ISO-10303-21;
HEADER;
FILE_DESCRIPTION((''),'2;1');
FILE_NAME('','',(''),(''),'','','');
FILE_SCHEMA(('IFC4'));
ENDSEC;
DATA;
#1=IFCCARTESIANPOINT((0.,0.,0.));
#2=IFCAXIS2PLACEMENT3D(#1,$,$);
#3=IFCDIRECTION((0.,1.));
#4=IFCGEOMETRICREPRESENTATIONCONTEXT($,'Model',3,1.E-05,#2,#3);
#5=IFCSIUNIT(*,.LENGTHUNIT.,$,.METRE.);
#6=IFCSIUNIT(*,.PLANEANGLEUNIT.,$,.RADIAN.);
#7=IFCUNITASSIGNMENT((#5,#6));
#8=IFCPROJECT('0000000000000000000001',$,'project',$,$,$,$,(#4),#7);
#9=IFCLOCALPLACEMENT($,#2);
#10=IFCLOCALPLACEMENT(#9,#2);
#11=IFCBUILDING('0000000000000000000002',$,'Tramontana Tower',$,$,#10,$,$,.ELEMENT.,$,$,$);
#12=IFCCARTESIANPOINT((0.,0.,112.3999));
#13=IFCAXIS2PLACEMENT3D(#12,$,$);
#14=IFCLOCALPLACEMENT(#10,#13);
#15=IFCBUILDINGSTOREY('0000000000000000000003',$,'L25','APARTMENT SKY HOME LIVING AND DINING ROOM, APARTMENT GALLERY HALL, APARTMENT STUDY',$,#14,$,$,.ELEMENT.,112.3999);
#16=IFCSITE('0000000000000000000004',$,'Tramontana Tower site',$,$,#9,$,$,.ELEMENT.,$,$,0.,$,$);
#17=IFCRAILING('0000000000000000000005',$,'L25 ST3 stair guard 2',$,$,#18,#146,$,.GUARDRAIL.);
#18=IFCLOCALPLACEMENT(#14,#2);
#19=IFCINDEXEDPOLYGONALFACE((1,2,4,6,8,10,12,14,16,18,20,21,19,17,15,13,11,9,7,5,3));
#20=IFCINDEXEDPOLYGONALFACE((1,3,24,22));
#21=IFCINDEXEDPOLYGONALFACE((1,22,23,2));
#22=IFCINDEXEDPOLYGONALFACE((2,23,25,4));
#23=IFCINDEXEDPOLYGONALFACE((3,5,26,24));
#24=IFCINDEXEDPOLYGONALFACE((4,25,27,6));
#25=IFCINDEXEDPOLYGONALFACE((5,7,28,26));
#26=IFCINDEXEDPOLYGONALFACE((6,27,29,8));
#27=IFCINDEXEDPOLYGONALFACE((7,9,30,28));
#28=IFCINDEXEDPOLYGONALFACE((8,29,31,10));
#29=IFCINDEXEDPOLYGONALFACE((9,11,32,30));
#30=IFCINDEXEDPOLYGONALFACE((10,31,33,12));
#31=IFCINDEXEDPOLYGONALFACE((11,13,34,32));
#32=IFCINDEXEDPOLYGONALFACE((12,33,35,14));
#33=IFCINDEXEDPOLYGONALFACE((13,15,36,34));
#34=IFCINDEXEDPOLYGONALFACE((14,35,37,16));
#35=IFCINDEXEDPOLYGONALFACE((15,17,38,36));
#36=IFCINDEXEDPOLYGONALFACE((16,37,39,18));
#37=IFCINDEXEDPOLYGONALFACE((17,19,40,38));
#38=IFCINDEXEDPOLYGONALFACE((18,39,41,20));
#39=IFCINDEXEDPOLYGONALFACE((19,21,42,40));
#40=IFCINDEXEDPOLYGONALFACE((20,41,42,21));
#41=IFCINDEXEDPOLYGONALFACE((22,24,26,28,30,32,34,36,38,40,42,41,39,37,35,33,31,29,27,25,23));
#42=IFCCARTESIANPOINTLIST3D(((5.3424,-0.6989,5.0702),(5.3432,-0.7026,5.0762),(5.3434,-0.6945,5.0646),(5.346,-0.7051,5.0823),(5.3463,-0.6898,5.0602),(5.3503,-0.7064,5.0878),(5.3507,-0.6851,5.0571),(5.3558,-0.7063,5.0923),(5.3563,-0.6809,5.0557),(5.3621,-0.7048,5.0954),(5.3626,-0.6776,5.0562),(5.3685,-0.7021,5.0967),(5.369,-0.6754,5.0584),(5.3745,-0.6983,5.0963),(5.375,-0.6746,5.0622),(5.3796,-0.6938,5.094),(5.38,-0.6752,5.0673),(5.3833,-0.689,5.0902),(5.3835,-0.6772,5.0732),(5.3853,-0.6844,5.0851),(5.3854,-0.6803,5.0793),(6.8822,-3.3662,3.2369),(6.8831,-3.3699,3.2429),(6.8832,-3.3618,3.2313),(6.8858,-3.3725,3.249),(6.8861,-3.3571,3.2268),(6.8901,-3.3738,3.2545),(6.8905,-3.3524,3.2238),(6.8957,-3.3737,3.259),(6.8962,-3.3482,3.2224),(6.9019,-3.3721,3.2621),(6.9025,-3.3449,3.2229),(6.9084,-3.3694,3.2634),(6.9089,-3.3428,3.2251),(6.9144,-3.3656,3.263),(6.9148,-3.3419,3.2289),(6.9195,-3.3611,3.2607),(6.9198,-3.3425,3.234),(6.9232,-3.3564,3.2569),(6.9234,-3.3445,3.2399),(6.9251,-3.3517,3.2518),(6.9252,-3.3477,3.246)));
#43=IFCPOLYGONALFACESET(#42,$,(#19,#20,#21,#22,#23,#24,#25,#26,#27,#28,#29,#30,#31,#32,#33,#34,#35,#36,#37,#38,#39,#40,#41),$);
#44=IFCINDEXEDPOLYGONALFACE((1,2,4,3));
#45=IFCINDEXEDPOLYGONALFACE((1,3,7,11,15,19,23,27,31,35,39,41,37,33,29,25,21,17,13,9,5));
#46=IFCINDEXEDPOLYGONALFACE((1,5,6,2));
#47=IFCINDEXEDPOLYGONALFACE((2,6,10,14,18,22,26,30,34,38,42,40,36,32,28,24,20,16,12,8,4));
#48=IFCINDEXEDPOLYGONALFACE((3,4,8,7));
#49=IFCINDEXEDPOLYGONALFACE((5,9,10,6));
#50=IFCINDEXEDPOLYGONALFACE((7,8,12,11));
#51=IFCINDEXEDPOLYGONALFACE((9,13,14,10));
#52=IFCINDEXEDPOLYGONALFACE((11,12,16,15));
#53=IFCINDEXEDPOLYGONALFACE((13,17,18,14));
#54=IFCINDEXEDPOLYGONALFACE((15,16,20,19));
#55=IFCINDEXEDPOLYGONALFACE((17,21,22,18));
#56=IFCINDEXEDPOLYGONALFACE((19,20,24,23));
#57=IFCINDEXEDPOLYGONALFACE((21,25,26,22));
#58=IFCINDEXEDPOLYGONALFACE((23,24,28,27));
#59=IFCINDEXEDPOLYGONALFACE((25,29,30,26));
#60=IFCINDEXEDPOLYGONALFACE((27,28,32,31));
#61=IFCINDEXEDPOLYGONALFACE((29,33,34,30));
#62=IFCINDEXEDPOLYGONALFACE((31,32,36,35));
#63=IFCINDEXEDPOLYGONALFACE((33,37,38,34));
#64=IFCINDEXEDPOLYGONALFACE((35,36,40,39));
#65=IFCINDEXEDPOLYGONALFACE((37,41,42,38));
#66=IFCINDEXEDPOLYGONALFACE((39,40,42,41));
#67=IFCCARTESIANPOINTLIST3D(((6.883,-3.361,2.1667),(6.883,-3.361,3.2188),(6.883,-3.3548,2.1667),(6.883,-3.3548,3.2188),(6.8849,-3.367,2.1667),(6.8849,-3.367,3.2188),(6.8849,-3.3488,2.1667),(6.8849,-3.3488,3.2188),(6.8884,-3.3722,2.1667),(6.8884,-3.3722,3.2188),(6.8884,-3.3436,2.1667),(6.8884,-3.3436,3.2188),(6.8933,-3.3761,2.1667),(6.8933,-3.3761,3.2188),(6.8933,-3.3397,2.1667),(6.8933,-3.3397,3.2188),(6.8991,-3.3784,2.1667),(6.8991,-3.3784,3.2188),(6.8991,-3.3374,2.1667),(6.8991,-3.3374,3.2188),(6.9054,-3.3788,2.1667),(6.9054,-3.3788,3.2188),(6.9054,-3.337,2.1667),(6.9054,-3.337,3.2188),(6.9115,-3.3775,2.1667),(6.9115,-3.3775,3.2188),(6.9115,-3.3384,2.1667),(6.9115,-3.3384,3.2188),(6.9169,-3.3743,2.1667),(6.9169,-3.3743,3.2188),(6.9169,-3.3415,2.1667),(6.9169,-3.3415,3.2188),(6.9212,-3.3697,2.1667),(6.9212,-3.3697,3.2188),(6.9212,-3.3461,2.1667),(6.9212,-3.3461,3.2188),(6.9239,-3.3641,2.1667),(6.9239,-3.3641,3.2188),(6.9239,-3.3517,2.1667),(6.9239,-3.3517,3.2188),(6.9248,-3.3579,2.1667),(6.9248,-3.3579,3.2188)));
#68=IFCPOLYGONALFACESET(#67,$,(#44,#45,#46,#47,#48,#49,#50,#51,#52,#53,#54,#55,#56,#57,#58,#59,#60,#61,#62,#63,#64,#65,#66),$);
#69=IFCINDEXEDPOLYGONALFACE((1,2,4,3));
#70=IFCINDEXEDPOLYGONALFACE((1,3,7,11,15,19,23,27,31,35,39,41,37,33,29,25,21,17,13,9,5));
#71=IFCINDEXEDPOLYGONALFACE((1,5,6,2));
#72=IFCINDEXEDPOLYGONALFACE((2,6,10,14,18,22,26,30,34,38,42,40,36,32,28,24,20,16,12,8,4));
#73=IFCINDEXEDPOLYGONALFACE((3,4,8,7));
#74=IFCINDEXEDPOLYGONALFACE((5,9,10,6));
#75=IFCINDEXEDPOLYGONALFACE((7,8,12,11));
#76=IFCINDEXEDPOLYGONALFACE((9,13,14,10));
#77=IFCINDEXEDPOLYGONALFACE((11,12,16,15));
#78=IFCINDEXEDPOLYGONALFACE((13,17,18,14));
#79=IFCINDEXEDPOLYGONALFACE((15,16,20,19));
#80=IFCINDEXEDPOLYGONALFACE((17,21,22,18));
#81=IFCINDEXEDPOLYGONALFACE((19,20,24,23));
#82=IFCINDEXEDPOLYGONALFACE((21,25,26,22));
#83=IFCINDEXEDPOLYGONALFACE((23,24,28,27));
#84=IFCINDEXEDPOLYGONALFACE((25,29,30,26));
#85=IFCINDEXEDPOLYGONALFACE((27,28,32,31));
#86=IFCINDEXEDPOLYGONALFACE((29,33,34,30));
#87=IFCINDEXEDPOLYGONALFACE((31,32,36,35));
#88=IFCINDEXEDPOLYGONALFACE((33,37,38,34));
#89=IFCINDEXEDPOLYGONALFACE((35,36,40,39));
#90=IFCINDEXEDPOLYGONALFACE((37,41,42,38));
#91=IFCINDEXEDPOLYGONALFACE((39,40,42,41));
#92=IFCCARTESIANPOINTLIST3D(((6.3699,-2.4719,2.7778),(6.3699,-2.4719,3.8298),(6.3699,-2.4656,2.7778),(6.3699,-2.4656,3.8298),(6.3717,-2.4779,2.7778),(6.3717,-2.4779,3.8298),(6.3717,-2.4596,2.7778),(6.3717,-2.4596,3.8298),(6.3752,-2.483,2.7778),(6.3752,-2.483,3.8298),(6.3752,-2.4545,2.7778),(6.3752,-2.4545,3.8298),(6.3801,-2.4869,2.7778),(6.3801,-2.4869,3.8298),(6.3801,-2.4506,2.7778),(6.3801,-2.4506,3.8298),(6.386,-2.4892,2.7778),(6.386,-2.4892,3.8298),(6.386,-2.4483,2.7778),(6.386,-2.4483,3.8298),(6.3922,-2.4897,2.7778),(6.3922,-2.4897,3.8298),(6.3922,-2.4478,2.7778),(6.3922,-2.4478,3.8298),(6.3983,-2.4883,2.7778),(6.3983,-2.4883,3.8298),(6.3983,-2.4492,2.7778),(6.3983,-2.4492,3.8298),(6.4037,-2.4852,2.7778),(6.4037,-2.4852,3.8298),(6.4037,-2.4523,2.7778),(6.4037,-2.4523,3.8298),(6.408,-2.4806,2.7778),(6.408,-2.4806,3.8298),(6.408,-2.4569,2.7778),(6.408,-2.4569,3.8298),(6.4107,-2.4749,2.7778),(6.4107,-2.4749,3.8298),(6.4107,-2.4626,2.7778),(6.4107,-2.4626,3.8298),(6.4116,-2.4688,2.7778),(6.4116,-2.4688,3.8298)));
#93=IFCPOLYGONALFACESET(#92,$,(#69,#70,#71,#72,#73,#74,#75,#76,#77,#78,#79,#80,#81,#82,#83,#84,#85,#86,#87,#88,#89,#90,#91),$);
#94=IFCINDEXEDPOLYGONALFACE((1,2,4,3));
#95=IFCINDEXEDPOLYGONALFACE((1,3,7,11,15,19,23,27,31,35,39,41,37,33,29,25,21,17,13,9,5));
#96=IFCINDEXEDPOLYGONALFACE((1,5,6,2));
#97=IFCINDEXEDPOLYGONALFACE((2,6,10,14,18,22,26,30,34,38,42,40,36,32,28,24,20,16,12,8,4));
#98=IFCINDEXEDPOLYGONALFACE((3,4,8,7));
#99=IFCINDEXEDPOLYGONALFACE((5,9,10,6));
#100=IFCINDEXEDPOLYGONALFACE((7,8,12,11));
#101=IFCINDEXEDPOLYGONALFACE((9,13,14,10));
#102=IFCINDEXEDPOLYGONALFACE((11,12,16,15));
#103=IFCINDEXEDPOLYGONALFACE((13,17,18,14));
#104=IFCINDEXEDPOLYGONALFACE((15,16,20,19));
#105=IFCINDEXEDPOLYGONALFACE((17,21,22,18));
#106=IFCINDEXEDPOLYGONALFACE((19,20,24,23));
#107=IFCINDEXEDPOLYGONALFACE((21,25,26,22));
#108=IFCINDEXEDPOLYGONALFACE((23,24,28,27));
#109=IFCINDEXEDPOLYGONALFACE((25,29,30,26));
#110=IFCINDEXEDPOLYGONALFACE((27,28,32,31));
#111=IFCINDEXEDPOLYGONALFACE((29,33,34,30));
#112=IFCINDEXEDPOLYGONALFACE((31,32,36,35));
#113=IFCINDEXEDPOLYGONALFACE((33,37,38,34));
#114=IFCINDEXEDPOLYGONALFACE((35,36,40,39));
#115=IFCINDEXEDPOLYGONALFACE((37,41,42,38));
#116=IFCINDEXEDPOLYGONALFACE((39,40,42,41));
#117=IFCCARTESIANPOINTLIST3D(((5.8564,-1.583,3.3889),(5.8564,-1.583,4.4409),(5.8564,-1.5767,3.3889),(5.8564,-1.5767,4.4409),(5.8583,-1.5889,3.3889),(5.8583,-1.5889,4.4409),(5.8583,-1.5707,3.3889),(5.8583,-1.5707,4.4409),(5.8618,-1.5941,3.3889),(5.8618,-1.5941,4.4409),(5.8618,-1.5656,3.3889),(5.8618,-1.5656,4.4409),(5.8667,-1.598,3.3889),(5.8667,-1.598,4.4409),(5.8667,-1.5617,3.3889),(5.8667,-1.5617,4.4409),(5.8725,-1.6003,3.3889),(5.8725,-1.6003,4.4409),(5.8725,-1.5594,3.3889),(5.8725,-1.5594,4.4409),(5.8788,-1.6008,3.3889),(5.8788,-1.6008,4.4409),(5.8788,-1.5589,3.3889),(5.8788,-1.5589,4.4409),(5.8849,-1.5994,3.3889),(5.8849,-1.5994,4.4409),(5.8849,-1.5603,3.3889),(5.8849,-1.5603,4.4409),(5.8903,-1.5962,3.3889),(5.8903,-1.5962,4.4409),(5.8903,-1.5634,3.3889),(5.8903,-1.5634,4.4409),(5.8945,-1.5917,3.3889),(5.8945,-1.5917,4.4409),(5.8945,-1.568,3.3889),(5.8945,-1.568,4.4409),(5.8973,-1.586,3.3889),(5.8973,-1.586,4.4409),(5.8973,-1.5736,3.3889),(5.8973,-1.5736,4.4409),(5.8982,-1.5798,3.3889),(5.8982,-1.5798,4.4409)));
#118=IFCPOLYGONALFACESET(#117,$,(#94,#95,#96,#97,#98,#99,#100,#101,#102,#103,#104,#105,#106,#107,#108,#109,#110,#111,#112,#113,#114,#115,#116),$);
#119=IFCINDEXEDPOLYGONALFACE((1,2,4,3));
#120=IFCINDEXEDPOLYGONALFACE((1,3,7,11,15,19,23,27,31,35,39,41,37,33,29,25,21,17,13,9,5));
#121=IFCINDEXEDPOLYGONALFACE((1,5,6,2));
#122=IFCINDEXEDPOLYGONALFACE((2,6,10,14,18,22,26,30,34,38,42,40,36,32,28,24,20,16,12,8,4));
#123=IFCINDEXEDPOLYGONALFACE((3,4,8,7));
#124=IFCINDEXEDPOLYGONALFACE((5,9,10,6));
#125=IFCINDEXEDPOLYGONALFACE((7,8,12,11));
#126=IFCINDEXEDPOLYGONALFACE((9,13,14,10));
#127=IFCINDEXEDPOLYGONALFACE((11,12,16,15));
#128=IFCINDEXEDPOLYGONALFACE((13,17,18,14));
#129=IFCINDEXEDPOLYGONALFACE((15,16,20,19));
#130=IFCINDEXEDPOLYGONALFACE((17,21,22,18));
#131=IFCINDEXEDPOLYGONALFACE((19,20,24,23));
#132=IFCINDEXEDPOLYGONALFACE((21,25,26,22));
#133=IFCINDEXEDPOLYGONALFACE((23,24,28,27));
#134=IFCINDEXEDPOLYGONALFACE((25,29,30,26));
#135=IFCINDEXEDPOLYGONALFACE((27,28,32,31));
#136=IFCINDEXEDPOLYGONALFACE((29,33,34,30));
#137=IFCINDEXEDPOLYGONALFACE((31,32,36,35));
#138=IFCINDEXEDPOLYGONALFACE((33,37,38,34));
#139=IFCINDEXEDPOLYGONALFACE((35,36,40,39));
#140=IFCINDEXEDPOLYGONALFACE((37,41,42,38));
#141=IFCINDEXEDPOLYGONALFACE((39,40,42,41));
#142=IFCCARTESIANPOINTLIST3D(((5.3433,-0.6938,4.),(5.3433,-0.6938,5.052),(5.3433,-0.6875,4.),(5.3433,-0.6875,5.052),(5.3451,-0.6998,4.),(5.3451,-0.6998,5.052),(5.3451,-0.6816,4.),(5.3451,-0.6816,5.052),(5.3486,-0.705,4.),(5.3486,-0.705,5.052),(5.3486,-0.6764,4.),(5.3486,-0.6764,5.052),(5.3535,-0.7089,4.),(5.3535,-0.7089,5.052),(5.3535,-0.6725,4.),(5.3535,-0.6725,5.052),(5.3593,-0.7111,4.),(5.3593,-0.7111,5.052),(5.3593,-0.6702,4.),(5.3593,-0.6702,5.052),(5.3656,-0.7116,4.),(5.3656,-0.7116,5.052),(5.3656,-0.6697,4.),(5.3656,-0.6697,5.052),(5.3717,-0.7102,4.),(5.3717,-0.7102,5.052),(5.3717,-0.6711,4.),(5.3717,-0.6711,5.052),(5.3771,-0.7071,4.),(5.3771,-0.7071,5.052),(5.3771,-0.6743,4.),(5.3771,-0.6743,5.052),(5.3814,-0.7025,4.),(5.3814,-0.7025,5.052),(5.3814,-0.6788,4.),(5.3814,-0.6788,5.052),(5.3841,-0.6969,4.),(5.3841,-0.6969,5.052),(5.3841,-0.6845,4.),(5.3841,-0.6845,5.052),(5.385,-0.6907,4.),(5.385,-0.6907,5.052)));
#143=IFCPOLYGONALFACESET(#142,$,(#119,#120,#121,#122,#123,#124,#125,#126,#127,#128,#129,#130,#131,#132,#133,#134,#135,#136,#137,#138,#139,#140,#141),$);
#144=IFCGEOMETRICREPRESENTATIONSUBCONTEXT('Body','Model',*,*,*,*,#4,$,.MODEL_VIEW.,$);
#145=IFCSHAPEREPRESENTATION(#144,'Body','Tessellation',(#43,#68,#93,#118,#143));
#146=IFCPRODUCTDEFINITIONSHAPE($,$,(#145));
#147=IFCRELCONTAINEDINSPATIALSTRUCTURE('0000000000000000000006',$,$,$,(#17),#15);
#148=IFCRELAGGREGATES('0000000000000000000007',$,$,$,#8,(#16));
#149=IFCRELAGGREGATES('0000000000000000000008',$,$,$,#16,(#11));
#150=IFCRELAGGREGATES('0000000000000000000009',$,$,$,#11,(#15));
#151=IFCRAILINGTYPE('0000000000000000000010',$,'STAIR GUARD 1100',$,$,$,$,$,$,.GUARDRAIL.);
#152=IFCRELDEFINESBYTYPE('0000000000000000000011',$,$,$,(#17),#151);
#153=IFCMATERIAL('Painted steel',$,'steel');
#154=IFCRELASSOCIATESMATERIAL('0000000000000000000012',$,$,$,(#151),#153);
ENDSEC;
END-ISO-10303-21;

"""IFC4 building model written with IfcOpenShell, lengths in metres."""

from ifc_helpers import new_model, si_unit, direction, frame, origin, origin_2d, place, context, subcontext, project, spatial, circle, extrude, material, type_object, element, save


model = new_model("IFC4")

# Units and contexts
model_context = context("Model", 3, precision=1e-05, world=origin(), true_north=direction((0.0, 1.0)))
body_context = subcontext(model_context, "Body", "Model", "MODEL_VIEW")
ifc_project = project(units=[si_unit("LENGTHUNIT", "METRE"), si_unit("PLANEANGLEUNIT", "RADIAN")], contexts=[model_context])

# Site, building, storey
site_placement = place(None, origin())
site = spatial("IfcSite", under=ifc_project, at=site_placement, Name="Tramontana Tower site", CompositionType="ELEMENT", RefElevation=0.0)
building_placement = place(site_placement, origin())
building = spatial("IfcBuilding", under=site, at=building_placement, Name="Tramontana Tower", CompositionType="ELEMENT")
storey_placement = place(building_placement, frame((0.0, 0.0, 112.3999)))
storey = spatial("IfcBuildingStorey", under=building, at=storey_placement, Name="L25", Description="APARTMENT SKY HOME LIVING AND DINING ROOM, APARTMENT GALLERY HALL, APARTMENT STUDY", CompositionType="ELEMENT", Elevation=112.3999)

# Railing
ifc_material_1 = material(Name="Painted steel", Category="steel")
railing_type_1 = type_object("IfcRailingType", Name="STAIR GUARD 1100", PredefinedType="GUARDRAIL", material=ifc_material_1)
railing_1_placement = place(storey_placement, frame((6.9038, -3.3579, 2.1667)))
element("IfcRailing", 1, at=railing_1_placement, inside=storey, type_object=railing_type_1, Name="L25 ST3 stair guard 2", PredefinedType="GUARDRAIL", context=body_context, shape_type="SweptSolid", body=[
    extrude(circle(Radius=0.0239, at=origin_2d()), frame((0.0, 0.0, 1.0762), z_axis=(-0.429616, 0.744181, 0.511493), x_axis=(-0.866044, -0.499967, 0.0)), (0.0, 0.0, 1.0), 3.5842),
    extrude(circle(Radius=0.021, at=origin_2d()), origin(), (0.0, 0.0, 1.0), 1.052),
    extrude(circle(Radius=0.021, at=origin_2d()), frame((-0.5132, 0.8892, 0.6111)), (0.0, 0.0, 1.0), 1.052),
    extrude(circle(Radius=0.021, at=origin_2d()), frame((-1.0266, 1.7781, 1.2222)), (0.0, 0.0, 1.0), 1.052),
    extrude(circle(Radius=0.021, at=origin_2d()), frame((-1.5398, 2.6672, 1.8333)), (0.0, 0.0, 1.0), 1.052),
])

save(model, "model.ifc")
